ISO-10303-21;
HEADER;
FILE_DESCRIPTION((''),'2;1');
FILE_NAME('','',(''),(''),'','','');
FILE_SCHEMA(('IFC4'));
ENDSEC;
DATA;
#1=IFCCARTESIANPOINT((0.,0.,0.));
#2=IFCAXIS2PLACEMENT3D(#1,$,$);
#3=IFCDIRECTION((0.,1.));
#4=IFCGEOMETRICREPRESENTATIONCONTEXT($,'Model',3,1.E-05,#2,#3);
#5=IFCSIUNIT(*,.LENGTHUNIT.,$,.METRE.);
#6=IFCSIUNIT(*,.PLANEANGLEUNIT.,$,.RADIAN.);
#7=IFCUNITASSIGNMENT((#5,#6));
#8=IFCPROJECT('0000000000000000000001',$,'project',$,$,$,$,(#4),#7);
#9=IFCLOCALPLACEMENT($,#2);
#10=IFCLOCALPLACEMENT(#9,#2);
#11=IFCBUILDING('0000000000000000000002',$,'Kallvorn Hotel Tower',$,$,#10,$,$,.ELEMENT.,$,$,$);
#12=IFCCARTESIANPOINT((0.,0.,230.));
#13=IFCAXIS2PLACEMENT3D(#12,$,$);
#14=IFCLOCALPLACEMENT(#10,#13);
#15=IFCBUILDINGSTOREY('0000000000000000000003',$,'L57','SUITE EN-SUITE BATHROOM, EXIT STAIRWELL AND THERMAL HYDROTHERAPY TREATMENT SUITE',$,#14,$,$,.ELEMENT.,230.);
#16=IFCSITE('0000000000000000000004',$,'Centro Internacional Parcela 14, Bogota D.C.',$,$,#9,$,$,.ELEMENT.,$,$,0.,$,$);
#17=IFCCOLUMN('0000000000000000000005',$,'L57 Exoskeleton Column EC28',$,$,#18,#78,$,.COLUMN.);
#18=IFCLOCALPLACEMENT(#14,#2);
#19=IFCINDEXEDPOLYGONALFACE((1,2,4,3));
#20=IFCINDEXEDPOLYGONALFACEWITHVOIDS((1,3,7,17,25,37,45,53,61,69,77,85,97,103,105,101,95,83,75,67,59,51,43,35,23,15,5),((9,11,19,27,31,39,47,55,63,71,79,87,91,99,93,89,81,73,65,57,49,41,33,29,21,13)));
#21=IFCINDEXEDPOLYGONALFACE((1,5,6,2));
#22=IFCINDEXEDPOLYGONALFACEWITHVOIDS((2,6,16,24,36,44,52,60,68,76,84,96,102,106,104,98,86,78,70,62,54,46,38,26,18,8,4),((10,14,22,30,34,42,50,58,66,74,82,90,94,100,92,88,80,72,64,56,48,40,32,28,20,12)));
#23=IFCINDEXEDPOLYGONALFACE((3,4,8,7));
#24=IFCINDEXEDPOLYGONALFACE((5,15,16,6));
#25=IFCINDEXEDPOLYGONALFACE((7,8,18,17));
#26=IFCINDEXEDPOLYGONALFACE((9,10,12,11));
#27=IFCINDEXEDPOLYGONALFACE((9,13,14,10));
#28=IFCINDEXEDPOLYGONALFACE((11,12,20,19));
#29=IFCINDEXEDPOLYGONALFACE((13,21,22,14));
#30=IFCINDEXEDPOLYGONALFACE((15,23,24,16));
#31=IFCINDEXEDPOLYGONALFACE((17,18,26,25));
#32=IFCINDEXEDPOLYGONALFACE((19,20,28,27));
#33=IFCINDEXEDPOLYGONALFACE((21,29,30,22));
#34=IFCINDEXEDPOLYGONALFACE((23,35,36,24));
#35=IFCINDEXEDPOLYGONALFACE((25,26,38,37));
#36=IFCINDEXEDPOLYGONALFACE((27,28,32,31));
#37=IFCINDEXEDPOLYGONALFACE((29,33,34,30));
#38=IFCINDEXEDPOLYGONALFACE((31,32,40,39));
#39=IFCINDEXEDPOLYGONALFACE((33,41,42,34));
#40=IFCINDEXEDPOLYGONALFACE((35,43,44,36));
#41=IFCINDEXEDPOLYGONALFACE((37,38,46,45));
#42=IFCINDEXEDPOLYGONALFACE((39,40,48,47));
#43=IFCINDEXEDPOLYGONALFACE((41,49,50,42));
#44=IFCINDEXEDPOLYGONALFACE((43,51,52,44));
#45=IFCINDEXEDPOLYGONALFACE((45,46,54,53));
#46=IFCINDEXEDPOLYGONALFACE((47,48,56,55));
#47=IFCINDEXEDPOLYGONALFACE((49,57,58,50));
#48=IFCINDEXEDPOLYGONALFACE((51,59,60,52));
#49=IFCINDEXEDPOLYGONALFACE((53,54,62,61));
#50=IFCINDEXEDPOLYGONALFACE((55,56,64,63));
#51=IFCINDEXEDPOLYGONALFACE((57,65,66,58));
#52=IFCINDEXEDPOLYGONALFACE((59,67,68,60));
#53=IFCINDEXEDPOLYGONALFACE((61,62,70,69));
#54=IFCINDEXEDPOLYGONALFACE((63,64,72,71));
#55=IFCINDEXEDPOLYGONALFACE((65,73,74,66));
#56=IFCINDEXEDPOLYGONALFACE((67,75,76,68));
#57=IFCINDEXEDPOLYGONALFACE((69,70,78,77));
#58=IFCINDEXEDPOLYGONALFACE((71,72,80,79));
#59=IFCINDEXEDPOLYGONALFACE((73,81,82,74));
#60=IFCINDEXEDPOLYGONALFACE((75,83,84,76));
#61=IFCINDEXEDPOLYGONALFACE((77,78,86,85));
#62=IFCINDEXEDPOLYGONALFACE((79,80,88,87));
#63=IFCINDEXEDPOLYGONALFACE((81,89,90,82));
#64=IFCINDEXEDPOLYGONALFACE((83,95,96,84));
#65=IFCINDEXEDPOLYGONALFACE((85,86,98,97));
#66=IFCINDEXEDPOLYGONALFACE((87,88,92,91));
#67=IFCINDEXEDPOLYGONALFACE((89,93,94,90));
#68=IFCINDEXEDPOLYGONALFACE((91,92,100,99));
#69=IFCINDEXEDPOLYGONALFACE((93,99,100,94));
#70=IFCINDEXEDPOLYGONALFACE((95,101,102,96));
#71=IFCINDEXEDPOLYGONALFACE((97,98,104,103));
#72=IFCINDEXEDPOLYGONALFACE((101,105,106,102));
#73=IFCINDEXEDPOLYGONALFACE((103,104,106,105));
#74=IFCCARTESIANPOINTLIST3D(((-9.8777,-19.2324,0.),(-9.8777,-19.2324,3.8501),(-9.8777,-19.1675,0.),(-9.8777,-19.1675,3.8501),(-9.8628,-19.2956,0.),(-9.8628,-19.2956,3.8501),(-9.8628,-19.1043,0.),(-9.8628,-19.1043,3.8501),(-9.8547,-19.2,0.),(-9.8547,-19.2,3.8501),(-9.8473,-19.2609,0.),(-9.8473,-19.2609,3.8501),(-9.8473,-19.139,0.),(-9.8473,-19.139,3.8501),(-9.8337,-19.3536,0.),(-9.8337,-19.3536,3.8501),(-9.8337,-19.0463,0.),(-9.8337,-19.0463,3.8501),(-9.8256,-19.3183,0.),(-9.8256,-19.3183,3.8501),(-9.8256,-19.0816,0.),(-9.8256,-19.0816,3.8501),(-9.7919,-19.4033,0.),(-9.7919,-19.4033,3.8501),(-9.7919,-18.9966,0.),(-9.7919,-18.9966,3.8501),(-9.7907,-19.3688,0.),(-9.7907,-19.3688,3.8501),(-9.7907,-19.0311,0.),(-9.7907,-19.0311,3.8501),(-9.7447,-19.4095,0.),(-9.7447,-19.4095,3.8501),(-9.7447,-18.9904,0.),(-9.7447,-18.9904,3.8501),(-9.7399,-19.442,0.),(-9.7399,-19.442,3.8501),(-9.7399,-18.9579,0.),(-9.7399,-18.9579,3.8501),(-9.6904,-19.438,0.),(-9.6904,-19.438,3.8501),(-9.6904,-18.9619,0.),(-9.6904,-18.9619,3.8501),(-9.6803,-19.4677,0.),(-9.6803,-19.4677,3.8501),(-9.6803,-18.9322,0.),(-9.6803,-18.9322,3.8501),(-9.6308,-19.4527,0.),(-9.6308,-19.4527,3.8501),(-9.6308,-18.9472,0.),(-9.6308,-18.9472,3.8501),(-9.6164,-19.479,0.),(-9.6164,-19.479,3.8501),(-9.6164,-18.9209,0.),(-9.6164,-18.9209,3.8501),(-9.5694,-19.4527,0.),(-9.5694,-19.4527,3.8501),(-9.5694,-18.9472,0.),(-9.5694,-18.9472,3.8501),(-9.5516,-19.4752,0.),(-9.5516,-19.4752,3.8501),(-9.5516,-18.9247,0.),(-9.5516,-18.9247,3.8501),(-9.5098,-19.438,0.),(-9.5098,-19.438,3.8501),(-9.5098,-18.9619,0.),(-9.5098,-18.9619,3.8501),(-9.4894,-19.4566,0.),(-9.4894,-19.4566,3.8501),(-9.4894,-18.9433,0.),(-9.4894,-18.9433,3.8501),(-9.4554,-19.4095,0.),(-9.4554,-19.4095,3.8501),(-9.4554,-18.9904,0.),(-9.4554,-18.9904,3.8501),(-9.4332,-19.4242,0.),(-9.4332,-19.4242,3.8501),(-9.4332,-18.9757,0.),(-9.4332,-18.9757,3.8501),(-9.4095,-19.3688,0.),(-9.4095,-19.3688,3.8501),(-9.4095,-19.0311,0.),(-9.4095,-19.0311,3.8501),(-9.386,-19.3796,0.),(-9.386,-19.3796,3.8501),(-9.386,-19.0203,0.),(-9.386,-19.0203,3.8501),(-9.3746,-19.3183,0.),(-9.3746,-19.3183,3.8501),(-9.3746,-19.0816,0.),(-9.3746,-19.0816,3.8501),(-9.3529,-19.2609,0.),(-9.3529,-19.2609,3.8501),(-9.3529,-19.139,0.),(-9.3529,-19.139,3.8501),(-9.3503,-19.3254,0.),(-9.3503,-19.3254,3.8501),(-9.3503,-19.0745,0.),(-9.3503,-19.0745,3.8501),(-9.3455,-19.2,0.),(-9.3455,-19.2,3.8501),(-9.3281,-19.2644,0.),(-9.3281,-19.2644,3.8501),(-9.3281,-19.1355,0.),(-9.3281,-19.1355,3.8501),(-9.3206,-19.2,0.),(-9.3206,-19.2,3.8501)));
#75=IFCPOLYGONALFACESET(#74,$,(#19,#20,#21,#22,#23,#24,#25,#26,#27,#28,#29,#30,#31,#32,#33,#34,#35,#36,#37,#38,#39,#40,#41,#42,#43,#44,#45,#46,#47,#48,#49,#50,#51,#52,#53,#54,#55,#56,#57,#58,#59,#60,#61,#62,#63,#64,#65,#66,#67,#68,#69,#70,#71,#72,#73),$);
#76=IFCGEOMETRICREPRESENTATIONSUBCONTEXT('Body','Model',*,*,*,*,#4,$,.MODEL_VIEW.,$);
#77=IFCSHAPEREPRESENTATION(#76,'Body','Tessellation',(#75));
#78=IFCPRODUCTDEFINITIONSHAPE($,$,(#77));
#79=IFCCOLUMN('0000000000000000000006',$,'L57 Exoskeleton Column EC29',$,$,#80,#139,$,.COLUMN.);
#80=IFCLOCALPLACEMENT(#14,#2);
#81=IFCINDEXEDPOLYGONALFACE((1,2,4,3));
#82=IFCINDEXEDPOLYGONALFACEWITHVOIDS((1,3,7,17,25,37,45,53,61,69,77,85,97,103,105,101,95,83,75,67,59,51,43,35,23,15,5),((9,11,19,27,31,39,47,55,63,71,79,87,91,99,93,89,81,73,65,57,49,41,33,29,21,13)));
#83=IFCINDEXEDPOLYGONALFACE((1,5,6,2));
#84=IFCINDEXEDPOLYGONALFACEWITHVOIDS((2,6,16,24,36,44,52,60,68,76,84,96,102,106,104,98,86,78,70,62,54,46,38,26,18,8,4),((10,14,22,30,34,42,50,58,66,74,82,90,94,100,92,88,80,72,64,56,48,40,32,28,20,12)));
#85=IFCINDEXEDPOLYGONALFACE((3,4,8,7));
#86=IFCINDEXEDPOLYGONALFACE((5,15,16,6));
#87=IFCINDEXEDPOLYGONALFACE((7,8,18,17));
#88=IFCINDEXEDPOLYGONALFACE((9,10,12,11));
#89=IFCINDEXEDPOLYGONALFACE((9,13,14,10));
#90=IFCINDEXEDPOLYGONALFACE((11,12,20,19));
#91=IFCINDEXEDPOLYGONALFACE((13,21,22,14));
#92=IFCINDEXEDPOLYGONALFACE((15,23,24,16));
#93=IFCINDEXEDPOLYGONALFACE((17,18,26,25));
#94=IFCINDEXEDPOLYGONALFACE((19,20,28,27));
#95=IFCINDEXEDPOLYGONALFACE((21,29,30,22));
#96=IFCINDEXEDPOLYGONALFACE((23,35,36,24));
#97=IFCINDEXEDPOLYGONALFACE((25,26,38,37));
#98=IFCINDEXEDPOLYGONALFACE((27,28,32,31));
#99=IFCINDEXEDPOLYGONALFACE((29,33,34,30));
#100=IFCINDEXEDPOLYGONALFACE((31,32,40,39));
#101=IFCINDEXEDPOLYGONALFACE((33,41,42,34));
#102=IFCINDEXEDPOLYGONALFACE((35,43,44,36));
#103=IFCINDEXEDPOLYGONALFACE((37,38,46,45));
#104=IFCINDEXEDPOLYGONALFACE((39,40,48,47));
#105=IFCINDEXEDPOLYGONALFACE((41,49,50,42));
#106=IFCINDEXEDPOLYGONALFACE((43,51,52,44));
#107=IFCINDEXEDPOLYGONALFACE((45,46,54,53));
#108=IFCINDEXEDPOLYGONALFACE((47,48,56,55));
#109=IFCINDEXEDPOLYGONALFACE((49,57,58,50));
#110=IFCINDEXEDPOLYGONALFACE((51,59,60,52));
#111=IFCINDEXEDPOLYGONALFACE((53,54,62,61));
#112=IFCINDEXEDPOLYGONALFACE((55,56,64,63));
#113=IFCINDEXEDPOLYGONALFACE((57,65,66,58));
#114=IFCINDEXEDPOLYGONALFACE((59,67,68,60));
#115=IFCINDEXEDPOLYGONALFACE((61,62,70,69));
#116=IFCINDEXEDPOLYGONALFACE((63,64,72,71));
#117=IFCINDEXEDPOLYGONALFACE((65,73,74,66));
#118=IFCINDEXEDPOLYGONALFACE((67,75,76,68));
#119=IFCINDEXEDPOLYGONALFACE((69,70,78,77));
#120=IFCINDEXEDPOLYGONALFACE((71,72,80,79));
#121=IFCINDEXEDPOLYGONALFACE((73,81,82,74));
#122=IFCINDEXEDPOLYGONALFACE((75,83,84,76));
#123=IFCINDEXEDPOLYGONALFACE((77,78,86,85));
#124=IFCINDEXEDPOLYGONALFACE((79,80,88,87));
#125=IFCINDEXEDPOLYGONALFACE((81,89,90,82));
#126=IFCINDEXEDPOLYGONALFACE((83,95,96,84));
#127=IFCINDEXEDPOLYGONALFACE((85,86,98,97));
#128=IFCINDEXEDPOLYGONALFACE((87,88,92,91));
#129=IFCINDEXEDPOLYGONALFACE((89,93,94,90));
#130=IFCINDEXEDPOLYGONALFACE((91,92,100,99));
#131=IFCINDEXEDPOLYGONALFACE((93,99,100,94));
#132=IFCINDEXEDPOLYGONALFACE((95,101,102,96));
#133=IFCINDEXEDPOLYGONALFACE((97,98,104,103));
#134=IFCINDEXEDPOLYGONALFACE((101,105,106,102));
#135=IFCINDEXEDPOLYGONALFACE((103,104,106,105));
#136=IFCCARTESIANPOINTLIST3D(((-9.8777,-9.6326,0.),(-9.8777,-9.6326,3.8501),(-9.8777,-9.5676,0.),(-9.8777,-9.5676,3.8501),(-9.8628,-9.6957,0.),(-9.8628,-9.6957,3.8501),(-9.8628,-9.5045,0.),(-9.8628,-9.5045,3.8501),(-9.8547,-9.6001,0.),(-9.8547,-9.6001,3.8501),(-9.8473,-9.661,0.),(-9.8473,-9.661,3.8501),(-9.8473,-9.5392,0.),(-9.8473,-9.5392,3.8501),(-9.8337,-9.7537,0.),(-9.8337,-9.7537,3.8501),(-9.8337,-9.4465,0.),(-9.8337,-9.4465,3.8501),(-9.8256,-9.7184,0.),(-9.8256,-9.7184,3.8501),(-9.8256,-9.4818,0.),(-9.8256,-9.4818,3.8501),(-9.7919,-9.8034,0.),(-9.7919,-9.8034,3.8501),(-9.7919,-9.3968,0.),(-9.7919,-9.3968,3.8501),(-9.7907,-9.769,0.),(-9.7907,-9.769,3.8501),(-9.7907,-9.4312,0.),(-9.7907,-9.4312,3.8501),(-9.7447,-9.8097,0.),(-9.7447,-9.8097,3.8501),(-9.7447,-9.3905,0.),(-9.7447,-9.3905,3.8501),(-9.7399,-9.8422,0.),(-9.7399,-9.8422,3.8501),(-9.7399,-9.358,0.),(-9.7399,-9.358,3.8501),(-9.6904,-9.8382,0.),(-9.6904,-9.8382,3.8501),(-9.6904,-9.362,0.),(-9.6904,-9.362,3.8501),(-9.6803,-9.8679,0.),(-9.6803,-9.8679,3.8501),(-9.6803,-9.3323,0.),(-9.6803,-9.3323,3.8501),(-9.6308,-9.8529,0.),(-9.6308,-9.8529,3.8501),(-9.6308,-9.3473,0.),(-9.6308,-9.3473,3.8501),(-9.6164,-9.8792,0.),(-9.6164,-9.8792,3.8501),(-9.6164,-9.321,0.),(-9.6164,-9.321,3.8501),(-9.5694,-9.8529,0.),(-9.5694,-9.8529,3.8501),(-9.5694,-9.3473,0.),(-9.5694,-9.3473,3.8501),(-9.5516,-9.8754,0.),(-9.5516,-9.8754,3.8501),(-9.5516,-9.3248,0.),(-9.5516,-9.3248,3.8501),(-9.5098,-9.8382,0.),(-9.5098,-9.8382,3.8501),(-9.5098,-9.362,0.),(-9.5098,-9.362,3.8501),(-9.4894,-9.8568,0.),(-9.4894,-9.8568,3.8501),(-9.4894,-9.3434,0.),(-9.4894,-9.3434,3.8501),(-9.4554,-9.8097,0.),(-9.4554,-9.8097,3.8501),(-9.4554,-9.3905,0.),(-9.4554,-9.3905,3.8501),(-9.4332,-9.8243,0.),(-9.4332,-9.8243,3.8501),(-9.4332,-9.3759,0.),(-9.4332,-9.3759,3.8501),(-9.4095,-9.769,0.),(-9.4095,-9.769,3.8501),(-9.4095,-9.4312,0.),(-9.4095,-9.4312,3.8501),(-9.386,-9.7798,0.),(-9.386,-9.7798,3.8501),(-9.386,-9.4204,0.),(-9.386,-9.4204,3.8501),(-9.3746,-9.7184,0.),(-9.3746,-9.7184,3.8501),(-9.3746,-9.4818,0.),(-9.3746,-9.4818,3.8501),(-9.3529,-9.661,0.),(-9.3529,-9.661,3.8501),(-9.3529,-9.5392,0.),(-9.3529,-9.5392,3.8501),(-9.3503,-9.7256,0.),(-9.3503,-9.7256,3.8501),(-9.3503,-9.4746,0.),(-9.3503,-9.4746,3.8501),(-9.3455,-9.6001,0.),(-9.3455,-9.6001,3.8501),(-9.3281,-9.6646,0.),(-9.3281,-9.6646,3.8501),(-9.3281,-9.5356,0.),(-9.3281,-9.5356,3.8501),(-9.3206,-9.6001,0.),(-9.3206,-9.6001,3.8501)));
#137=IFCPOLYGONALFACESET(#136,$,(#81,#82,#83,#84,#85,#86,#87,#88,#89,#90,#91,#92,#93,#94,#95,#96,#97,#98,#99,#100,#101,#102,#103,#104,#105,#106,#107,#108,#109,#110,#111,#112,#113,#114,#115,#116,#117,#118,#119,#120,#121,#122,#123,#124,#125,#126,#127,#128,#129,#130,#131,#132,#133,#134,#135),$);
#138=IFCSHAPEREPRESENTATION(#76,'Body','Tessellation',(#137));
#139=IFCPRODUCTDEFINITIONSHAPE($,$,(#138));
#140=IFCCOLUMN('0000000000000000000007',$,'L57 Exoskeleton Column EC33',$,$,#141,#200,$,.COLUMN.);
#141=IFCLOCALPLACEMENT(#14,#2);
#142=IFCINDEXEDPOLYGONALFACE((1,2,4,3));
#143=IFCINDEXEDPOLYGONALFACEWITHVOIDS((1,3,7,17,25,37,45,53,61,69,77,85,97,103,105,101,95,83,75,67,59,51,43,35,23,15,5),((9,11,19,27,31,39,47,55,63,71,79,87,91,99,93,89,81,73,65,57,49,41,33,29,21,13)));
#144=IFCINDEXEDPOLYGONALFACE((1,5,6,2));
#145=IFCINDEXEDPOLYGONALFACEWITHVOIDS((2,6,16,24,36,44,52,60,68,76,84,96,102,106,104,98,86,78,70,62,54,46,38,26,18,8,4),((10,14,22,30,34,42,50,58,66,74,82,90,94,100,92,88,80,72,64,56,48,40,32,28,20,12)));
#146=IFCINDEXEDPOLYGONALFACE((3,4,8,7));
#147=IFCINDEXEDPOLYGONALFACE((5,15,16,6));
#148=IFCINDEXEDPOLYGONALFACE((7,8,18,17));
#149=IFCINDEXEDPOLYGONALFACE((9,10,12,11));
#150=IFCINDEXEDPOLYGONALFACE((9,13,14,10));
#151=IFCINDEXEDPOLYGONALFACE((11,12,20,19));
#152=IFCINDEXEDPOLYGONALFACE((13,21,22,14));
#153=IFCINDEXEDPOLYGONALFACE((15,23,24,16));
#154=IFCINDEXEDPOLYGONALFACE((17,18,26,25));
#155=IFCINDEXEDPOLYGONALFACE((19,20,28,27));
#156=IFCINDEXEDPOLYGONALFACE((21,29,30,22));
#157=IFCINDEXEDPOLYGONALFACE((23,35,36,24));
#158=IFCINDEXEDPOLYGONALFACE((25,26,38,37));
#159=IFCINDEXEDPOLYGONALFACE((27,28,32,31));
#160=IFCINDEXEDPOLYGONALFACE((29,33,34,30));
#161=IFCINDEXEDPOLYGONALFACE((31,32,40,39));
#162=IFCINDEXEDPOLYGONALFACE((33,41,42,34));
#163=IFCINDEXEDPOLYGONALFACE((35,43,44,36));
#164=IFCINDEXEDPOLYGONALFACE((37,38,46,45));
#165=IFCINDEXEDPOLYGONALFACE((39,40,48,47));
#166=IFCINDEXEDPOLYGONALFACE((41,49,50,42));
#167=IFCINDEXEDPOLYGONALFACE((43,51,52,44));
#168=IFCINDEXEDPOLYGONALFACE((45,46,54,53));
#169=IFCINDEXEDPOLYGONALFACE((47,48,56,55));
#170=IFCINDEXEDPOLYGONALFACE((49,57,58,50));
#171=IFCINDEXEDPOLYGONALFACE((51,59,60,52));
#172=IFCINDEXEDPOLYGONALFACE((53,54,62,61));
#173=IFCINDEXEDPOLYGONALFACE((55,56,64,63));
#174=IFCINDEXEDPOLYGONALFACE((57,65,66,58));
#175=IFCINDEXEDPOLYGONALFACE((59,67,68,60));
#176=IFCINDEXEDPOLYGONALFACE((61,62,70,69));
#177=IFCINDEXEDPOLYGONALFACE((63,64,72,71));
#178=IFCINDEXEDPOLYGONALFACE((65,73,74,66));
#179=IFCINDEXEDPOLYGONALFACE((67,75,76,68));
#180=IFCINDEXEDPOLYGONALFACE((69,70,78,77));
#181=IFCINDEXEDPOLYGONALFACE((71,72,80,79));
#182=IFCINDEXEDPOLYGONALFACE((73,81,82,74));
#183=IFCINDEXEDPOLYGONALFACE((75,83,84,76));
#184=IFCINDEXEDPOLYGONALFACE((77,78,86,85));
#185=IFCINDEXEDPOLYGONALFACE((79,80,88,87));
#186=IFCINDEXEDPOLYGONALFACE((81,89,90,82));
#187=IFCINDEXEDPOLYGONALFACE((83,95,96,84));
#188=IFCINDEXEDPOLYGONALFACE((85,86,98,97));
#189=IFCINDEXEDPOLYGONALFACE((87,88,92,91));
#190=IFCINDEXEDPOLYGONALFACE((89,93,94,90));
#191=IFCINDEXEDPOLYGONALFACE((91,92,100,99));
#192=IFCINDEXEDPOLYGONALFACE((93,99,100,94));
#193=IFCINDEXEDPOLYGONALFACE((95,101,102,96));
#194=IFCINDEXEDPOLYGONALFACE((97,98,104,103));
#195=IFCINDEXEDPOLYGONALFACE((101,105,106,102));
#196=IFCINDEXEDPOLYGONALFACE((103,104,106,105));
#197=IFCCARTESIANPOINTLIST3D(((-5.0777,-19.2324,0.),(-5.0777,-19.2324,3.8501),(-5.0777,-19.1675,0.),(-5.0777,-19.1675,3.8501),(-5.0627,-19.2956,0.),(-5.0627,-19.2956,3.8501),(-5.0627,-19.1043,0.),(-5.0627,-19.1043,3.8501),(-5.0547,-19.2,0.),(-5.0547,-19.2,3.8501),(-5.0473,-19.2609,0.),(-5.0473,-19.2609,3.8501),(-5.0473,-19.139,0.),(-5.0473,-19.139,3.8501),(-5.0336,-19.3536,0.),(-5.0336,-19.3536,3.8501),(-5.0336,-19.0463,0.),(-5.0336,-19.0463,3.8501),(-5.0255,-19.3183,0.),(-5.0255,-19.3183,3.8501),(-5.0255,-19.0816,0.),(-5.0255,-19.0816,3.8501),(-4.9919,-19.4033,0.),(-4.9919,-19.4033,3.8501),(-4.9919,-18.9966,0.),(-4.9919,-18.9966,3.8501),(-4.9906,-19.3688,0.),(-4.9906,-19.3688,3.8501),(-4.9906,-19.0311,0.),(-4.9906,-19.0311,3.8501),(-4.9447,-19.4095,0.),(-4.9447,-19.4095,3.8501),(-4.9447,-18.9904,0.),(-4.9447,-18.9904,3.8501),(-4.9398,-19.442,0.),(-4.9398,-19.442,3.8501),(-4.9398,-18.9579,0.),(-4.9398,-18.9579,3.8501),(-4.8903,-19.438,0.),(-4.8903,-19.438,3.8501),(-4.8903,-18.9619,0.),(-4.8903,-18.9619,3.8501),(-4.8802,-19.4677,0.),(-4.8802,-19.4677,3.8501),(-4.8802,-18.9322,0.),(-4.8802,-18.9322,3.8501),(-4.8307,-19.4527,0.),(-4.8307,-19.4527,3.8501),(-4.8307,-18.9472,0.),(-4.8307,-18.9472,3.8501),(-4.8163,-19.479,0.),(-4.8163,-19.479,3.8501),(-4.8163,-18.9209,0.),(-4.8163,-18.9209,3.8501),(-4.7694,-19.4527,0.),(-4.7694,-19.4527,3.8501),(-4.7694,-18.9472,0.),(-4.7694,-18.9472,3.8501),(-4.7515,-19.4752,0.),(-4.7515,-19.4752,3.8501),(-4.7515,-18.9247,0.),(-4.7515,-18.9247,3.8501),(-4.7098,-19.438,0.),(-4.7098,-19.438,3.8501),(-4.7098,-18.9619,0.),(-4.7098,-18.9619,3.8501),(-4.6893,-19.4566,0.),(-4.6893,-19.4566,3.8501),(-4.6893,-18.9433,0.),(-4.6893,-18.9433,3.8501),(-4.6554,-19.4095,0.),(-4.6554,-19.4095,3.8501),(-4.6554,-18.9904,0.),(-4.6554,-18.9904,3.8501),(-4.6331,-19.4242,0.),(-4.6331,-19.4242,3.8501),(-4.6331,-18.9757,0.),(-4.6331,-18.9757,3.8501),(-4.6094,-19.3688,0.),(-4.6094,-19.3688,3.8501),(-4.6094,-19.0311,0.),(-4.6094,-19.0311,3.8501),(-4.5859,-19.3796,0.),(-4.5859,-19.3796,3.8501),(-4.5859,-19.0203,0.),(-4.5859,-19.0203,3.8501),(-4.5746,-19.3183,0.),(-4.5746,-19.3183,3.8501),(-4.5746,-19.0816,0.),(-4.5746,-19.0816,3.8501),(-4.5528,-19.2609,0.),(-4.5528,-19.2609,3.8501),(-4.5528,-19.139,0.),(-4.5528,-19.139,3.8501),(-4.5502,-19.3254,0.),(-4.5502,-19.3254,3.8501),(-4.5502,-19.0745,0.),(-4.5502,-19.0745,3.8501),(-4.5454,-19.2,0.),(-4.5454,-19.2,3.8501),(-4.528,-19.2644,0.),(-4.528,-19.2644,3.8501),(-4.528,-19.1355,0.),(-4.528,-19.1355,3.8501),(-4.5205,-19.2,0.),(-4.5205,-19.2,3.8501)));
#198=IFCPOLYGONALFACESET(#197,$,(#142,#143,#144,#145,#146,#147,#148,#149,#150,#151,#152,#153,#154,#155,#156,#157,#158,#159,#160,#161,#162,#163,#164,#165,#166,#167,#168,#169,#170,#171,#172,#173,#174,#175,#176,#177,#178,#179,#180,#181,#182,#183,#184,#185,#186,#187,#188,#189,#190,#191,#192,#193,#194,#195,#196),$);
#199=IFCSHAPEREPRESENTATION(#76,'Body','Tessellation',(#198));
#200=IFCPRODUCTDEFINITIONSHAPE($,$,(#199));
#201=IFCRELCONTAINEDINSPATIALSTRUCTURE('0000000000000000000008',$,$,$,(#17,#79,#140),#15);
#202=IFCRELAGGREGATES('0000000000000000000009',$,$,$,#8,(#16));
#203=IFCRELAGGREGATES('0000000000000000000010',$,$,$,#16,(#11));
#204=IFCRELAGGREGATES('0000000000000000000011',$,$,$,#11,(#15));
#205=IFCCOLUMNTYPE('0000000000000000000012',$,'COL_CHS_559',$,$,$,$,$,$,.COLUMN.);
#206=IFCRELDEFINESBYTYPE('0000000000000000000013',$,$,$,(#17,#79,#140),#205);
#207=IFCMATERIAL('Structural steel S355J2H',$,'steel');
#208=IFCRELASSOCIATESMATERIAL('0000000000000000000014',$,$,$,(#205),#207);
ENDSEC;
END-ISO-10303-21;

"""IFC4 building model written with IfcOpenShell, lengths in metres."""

from ifc_helpers import new_model, si_unit, direction, frame, origin, origin_2d, place, context, subcontext, project, spatial, hollow_circle, extrude, material, material_profile, profile_set, type_object, element, save


model = new_model("IFC4")

# Units and contexts
model_context = context("Model", 3, precision=1e-05, world=origin(), true_north=direction((0.0, 1.0)))
body_context = subcontext(model_context, "Body", "Model", "MODEL_VIEW")
ifc_project = project(units=[si_unit("LENGTHUNIT", "METRE"), si_unit("PLANEANGLEUNIT", "RADIAN")], contexts=[model_context])

# Site, building, storey
site_placement = place(None, origin())
site = spatial("IfcSite", under=ifc_project, at=site_placement, Name="Centro Internacional Parcela 14, Bogota D.C.", CompositionType="ELEMENT", RefElevation=0.0)
building_placement = place(site_placement, origin())
building = spatial("IfcBuilding", under=site, at=building_placement, Name="Kallvorn Hotel Tower", CompositionType="ELEMENT")
storey_placement = place(building_placement, frame((0.0, 0.0, 230.0)))
storey = spatial("IfcBuildingStorey", under=building, at=storey_placement, Name="L57", Description="SUITE EN-SUITE BATHROOM, EXIT STAIRWELL AND THERMAL HYDROTHERAPY TREATMENT SUITE", CompositionType="ELEMENT", Elevation=230.0)

# Columns
ifc_material_1 = material(Name="Structural steel S355J2H", Category="steel")
ifc_material_profile_1 = material_profile(ifc_material_1, hollow_circle(Radius=0.2795, WallThickness=0.0249, at=origin_2d()), Name="CHS 559x25")
ifc_profile_set_1 = profile_set([ifc_material_profile_1], Name="Structural steel S355J2H")
column_type_1 = type_object("IfcColumnType", Name="COL_CHS_559", PredefinedType="COLUMN", material=ifc_profile_set_1)
for number, where, z_axis, x_axis, name in (
    (1, (-9.6001, -19.2, 0.0), (0.0, 0.0, 1.0), (1.0, 0.0, 0.0), "L57 Exoskeleton Column EC28"),
    (2, (-9.6001, -9.6001, 0.0), (0.0, 0.0, 1.0), (1.0, 0.0, 0.0), "L57 Exoskeleton Column EC29"),
    (3, (-4.8, -19.2, 0.0), (0.0, 0.0, 1.0), (1.0, 0.0, 0.0), "L57 Exoskeleton Column EC33"),
):
    element("IfcColumn", number, at=place(storey_placement, frame(where, z_axis=z_axis, x_axis=x_axis)), inside=storey, type_object=column_type_1, Name=name, PredefinedType="COLUMN", context=body_context, shape_type="SweptSolid", body=[
        extrude(hollow_circle(Radius=0.2795, WallThickness=0.0249, at=origin_2d()), origin(), (0.0, 0.0, 1.0), 3.8501),
    ])

save(model, "model.ifc")
